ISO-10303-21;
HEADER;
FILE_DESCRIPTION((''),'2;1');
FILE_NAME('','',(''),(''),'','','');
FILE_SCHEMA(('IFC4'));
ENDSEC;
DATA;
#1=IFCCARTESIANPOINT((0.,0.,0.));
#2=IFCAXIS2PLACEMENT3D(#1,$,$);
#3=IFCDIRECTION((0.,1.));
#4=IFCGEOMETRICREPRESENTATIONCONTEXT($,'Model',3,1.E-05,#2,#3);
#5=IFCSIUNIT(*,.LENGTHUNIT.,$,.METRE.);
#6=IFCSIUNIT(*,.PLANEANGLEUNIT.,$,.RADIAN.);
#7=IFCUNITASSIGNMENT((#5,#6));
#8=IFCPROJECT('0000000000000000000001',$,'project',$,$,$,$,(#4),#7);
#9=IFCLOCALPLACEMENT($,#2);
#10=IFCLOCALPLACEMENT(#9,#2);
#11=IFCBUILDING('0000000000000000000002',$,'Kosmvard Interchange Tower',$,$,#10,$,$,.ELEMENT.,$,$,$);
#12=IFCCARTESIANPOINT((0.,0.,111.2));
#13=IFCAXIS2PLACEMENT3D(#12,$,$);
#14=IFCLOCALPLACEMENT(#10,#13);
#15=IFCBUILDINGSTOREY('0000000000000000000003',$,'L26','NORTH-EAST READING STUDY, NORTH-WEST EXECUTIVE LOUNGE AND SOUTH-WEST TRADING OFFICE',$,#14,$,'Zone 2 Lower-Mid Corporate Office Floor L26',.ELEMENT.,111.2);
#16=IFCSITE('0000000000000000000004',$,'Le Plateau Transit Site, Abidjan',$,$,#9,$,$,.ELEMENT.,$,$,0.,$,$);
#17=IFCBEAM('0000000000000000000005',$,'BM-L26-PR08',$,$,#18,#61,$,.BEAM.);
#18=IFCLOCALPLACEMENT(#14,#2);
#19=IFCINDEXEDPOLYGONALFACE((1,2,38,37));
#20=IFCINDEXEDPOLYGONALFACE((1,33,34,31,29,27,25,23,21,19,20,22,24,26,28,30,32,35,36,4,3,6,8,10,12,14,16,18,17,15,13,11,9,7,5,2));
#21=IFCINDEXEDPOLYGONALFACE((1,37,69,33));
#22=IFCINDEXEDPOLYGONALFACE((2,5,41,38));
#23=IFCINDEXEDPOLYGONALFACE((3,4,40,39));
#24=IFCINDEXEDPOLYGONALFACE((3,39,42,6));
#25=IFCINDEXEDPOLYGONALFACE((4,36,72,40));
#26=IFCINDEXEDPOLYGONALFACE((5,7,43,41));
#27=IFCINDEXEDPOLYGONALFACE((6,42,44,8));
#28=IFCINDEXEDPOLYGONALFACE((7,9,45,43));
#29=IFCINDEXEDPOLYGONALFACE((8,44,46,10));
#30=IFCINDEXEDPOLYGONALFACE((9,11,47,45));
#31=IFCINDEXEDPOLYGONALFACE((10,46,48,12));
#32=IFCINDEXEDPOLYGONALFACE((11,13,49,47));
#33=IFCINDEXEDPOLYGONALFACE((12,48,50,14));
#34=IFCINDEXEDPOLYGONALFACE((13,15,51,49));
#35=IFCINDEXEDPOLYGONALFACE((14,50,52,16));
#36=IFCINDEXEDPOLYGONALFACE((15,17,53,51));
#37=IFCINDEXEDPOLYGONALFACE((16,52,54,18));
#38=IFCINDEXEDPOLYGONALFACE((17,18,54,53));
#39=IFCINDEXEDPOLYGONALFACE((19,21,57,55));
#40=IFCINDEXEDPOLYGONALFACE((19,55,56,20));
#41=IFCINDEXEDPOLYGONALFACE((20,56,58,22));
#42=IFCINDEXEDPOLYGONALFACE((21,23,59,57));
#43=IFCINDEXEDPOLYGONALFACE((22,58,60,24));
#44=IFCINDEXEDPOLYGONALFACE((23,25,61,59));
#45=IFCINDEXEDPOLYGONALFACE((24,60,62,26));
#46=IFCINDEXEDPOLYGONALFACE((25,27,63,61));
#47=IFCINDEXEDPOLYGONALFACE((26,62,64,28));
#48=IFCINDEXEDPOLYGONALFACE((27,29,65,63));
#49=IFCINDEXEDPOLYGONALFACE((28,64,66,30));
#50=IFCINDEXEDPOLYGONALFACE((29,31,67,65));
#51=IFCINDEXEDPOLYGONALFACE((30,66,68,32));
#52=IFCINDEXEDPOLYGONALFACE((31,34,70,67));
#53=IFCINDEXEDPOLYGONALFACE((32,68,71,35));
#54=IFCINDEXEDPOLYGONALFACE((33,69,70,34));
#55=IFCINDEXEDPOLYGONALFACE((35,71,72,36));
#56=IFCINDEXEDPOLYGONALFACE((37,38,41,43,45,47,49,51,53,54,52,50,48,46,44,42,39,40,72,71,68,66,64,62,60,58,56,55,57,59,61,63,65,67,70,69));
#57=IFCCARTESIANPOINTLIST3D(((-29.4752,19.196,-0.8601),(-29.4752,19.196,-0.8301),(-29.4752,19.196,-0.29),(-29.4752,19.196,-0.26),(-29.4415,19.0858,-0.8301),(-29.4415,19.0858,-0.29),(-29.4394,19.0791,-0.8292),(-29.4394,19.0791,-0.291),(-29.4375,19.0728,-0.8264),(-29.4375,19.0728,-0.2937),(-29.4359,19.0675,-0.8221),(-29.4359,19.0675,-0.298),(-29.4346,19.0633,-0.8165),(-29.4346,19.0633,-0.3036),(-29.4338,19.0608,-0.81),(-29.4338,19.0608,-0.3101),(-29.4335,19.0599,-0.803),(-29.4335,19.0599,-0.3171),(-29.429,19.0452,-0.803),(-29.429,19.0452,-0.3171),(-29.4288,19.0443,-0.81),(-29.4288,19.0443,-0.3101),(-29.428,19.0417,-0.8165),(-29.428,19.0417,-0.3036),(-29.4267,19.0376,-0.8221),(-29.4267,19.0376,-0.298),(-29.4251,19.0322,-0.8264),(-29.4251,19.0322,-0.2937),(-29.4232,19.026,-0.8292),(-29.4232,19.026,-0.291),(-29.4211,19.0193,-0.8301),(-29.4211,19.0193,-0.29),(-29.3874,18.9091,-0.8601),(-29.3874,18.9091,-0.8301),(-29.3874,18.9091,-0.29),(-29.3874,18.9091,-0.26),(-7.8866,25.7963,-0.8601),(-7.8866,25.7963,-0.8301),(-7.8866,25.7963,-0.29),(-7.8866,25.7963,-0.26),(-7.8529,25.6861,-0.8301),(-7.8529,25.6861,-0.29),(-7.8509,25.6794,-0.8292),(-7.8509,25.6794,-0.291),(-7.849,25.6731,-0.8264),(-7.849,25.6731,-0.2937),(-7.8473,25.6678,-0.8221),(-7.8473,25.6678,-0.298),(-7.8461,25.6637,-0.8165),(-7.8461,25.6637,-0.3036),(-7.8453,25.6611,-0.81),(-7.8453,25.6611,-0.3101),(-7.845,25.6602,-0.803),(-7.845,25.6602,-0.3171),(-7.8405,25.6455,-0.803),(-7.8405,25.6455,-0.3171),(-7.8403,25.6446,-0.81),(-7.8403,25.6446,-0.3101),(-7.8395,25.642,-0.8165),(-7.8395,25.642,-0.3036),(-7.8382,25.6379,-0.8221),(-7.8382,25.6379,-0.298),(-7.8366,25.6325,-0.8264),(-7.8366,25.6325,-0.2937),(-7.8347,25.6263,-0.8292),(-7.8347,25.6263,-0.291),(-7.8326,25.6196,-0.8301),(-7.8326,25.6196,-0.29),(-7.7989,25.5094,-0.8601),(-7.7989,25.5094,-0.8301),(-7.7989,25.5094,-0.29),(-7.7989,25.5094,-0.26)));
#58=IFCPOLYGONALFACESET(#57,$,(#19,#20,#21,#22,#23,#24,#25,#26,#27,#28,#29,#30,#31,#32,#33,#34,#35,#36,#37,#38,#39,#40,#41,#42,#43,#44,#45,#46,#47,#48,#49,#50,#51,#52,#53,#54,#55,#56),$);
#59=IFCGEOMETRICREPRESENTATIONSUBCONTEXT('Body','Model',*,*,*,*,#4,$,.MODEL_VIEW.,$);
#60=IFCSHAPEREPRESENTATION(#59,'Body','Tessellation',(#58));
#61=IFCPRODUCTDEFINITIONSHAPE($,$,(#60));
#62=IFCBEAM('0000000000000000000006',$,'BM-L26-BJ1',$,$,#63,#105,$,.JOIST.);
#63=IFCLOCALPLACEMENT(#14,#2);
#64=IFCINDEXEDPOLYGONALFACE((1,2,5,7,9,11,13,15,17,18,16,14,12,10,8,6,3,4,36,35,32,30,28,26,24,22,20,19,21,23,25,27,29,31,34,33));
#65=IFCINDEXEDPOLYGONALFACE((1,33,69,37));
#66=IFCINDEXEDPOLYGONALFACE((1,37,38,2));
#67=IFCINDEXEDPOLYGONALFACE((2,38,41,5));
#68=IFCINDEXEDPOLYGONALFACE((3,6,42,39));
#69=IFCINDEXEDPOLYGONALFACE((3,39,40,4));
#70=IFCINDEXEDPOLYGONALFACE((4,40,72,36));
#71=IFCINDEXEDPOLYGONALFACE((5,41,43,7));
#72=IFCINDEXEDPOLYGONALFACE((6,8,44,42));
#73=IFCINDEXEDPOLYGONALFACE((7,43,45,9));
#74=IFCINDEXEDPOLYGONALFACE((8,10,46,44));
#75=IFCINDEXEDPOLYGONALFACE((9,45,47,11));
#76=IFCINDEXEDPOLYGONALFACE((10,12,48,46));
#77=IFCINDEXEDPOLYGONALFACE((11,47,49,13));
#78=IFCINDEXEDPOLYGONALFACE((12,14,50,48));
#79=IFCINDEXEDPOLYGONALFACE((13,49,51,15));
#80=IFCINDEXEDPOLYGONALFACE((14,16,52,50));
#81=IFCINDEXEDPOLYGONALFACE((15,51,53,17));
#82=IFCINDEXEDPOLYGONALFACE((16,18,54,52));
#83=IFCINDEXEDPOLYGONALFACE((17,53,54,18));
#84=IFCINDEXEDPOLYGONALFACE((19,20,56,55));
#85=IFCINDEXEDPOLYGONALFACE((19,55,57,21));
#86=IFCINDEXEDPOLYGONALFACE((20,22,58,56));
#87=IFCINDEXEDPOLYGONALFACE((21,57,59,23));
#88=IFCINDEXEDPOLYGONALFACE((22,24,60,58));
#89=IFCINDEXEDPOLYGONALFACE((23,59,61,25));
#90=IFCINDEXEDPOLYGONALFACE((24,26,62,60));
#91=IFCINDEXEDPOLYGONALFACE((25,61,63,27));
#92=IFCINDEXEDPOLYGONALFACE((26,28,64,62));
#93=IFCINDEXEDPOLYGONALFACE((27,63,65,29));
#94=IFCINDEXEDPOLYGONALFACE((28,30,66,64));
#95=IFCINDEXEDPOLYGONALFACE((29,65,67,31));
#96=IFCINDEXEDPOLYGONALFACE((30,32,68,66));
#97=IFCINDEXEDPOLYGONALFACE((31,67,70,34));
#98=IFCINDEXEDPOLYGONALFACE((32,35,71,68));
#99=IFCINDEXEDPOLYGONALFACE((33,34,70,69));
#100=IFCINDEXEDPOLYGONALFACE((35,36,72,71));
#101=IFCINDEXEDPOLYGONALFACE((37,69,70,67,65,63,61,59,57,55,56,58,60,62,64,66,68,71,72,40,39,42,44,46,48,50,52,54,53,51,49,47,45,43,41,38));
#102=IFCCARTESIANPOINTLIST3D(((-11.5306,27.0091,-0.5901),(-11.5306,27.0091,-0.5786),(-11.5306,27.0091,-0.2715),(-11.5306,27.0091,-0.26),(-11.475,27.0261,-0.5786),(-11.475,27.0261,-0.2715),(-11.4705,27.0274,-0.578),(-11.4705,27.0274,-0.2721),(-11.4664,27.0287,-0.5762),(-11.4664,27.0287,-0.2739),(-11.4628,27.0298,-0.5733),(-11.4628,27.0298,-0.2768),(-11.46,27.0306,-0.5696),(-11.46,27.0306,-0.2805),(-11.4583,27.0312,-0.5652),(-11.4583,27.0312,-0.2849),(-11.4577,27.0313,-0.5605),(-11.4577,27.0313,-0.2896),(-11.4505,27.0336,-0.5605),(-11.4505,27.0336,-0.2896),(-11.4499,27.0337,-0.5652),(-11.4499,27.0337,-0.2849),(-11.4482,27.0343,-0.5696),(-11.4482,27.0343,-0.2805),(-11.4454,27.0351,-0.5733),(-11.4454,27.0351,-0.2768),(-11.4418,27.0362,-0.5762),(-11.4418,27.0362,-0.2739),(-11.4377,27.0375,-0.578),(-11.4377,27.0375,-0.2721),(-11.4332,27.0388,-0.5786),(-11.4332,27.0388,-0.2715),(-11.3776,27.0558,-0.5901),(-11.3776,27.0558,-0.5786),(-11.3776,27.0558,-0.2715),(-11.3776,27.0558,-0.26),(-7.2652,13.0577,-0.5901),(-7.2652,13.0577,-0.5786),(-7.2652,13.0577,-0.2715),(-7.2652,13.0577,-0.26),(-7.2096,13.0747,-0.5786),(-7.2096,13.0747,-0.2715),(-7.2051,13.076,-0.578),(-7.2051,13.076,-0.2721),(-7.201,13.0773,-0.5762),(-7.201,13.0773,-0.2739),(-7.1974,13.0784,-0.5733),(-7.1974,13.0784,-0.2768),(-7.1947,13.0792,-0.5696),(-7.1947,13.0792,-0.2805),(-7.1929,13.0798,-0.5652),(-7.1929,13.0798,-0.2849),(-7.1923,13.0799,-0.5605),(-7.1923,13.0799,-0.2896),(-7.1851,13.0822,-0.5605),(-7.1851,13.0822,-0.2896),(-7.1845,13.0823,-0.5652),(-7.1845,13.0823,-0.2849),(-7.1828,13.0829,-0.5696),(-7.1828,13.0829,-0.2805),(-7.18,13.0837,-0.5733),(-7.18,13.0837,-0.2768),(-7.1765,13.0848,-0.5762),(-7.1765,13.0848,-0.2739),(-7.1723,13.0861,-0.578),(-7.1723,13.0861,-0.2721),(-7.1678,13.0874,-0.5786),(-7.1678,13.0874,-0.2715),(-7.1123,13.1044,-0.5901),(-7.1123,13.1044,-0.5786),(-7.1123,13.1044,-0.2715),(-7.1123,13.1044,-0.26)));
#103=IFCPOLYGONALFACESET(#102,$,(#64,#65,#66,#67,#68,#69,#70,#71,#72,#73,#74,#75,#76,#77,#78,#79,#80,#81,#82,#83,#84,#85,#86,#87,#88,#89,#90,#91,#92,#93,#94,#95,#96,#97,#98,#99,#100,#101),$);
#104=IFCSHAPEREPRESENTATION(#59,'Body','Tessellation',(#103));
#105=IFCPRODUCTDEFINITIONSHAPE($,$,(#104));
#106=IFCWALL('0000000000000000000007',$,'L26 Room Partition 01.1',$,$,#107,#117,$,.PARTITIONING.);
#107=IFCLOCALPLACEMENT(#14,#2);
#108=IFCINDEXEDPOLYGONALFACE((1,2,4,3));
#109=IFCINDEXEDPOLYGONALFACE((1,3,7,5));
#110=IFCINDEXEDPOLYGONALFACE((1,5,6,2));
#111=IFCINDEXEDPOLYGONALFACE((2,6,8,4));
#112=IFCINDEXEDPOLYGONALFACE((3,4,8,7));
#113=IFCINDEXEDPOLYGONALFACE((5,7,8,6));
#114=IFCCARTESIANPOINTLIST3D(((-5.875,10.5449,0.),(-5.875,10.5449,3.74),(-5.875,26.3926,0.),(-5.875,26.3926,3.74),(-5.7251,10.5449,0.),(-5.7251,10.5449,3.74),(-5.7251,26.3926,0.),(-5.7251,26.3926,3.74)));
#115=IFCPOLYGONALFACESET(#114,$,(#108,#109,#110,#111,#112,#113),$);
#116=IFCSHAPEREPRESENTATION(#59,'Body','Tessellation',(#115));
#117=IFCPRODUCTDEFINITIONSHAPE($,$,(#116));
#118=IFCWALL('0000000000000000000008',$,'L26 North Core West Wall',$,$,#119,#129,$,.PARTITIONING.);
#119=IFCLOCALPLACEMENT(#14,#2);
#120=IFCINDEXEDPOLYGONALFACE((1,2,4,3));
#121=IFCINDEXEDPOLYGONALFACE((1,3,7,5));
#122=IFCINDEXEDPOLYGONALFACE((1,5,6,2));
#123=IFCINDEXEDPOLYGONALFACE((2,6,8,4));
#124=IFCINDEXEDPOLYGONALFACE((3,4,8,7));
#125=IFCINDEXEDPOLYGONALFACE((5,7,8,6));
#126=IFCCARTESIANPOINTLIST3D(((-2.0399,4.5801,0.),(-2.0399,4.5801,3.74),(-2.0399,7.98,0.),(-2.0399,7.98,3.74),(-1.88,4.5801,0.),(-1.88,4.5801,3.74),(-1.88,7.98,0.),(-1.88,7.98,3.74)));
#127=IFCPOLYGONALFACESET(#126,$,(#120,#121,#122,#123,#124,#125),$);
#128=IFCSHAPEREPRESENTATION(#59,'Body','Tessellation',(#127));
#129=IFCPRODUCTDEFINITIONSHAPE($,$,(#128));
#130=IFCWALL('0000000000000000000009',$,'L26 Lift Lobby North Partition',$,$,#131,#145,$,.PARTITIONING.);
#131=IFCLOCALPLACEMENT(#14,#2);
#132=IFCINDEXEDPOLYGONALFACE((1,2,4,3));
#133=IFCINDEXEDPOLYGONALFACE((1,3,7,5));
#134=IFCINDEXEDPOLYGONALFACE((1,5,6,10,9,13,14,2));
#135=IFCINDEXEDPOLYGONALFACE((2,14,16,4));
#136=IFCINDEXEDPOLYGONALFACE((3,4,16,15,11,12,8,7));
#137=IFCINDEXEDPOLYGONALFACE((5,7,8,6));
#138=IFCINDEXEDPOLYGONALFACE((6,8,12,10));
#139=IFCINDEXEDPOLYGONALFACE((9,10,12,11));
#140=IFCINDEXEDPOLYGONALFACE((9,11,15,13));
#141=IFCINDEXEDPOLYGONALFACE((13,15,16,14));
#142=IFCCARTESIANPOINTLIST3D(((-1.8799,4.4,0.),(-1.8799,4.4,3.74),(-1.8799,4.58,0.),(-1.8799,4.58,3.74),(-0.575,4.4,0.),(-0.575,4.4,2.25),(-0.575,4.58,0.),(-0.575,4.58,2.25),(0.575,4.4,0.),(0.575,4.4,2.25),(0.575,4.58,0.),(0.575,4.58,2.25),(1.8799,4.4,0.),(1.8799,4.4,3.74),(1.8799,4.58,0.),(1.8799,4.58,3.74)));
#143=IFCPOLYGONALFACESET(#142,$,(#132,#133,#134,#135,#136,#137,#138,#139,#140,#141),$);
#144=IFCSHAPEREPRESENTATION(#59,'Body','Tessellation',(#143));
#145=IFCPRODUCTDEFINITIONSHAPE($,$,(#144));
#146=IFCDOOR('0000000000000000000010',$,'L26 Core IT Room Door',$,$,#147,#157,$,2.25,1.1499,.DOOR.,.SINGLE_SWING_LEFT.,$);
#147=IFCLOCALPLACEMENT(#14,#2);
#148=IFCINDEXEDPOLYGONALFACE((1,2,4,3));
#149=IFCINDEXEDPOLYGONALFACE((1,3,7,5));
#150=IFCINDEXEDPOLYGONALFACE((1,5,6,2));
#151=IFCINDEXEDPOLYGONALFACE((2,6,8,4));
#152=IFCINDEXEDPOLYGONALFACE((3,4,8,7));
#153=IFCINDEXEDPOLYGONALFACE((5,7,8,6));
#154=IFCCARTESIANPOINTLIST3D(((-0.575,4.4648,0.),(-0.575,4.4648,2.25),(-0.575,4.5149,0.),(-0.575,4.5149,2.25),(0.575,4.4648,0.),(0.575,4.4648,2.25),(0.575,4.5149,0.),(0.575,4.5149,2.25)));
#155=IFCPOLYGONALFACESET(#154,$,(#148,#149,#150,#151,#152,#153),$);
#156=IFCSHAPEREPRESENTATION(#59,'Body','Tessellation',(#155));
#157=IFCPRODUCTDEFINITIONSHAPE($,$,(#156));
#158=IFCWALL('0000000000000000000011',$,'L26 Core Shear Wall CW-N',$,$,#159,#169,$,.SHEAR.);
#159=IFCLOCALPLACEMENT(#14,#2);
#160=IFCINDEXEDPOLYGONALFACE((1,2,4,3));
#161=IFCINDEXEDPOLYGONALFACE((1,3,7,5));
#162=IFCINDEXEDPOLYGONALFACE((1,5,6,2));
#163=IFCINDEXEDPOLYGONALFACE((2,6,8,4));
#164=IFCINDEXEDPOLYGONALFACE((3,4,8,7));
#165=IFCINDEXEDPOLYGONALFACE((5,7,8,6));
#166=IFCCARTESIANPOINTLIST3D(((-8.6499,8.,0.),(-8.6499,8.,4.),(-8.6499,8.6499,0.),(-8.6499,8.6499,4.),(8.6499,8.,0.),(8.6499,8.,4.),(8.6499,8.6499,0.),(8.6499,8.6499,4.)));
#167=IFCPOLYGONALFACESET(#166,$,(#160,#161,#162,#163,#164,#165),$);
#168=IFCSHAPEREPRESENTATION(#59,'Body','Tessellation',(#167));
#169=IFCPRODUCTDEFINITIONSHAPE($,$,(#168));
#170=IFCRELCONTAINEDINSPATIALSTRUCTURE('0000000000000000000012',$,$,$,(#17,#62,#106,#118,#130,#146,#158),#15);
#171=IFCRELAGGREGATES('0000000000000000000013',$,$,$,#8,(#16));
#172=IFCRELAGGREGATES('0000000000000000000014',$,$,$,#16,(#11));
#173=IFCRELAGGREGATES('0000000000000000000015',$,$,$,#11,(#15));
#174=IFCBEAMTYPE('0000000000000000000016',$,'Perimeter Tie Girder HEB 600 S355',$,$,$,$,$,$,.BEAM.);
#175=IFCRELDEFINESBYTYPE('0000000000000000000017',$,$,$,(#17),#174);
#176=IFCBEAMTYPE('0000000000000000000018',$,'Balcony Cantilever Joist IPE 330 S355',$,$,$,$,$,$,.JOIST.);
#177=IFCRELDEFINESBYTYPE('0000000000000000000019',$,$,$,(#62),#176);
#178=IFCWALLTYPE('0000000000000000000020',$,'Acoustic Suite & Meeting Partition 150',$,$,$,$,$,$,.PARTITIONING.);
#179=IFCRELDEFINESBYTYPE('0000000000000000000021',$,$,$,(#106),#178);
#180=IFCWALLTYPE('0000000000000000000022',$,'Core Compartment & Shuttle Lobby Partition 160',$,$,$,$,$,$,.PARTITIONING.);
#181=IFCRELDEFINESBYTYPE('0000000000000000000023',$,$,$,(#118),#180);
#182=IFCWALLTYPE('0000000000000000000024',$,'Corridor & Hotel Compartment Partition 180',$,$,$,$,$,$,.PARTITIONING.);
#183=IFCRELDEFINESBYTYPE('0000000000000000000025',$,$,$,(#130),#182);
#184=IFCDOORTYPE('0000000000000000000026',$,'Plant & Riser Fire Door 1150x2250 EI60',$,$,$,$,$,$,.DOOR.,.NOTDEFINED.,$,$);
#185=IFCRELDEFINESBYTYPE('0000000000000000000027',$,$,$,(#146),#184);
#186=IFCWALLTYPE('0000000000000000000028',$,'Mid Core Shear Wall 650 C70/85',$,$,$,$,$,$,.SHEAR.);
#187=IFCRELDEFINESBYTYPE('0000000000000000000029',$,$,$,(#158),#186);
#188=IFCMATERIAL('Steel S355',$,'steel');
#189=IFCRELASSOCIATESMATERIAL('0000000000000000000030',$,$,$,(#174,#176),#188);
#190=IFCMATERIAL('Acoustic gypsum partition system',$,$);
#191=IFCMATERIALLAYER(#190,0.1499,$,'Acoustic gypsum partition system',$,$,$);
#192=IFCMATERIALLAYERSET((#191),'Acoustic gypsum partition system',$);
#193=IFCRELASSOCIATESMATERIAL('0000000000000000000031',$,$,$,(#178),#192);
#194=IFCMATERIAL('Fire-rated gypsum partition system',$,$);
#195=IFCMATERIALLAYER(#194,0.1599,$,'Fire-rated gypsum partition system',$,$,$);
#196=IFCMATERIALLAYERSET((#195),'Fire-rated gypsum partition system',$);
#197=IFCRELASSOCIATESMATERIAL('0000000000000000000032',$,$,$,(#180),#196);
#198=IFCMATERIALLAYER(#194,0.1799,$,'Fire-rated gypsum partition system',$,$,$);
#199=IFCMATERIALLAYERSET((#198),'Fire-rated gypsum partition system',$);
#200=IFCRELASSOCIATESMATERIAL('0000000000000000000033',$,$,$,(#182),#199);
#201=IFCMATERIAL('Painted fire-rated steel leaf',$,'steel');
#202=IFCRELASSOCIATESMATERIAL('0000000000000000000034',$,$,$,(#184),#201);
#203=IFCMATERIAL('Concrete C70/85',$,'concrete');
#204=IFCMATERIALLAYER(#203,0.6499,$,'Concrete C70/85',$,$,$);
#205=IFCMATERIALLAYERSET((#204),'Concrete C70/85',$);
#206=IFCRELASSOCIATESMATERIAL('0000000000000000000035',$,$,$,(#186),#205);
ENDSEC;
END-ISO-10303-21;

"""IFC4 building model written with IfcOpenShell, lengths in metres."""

from ifc_helpers import new_model, si_unit, direction, frame, frame_2d, origin, origin_2d, place, context, subcontext, project, spatial, rectangle, i_section, extrude, source, transform, mapped, material, layer, layer_set, material_profile, profile_set, type_object, element, fill, save


model = new_model("IFC4")

# Units and contexts
model_context = context("Model", 3, precision=1e-05, world=origin(), true_north=direction((0.0, 1.0)))
body_context = subcontext(model_context, "Body", "Model", "MODEL_VIEW")
ifc_project = project(units=[si_unit("LENGTHUNIT", "METRE"), si_unit("PLANEANGLEUNIT", "RADIAN")], contexts=[model_context])

# Site, building, storey
site_placement = place(None, origin())
site = spatial("IfcSite", under=ifc_project, at=site_placement, Name="Le Plateau Transit Site, Abidjan", CompositionType="ELEMENT", RefElevation=0.0)
building_placement = place(site_placement, origin())
building = spatial("IfcBuilding", under=site, at=building_placement, Name="Kosmvard Interchange Tower", CompositionType="ELEMENT")
storey_placement = place(building_placement, frame((0.0, 0.0, 111.2)))
storey = spatial("IfcBuildingStorey", under=building, at=storey_placement, Name="L26", Description="NORTH-EAST READING STUDY, NORTH-WEST EXECUTIVE LOUNGE AND SOUTH-WEST TRADING OFFICE", LongName="Zone 2 Lower-Mid Corporate Office Floor L26", CompositionType="ELEMENT", Elevation=111.2)

# Beams
ifc_material_1 = material(Name="Steel S355", Category="steel")
ifc_material_profile_1 = material_profile(ifc_material_1, i_section(OverallWidth=0.3, OverallDepth=0.6001, WebThickness=0.0154, FlangeThickness=0.03, FilletRadius=0.0271, at=origin_2d()), Name="HEB 600")
ifc_profile_set_1 = profile_set([ifc_material_profile_1], Name="Steel S355")
beam_type_1 = type_object("IfcBeamType", Name="Perimeter Tie Girder HEB 600 S355", PredefinedType="BEAM", material=ifc_profile_set_1)
shared_shape_1 = source(origin(), body_context, "Body", "SweptSolid", [
    extrude(i_section(OverallWidth=0.3, OverallDepth=0.6001, WebThickness=0.0154, FlangeThickness=0.03, FilletRadius=0.0271, at=origin_2d()), origin(), (0.0, 0.0, 1.0), 22.575),
])
beam_1_placement = place(storey_placement, frame((-7.8428, 25.6528, -0.5601), z_axis=(-0.956304, -0.292373, 0.0), x_axis=(0.292373, -0.956304, 0.0)))
element("IfcBeam", 1, at=beam_1_placement, inside=storey, type_object=beam_type_1, Name="BM-L26-PR08", PredefinedType="BEAM", context=body_context, shape_type="MappedRepresentation", body=[
    mapped(shared_shape_1, transform((0.0, 0.0, 0.0), scale=1.0)),
])
ifc_material_profile_2 = material_profile(ifc_material_1, i_section(OverallWidth=0.1599, OverallDepth=0.3301, WebThickness=0.0076, FlangeThickness=0.0115, FilletRadius=0.0181, at=origin_2d()), Name="IPE 330")
ifc_profile_set_2 = profile_set([ifc_material_profile_2], Name="Steel S355")
beam_type_2 = type_object("IfcBeamType", Name="Balcony Cantilever Joist IPE 330 S355", PredefinedType="JOIST", material=ifc_profile_set_2)
shared_shape_2 = source(origin(), body_context, "Body", "SweptSolid", [
    extrude(i_section(OverallWidth=0.1599, OverallDepth=0.3301, WebThickness=0.0076, FlangeThickness=0.0115, FilletRadius=0.0181, at=origin_2d()), origin(), (0.0, 0.0, 1.0), 14.5889),
])
beam_2_placement = place(storey_placement, frame((-7.1887, 13.0811, -0.425), z_axis=(-0.292372, 0.956305, 0.0), x_axis=(-0.956305, -0.292372, 0.0)))
element("IfcBeam", 2, at=beam_2_placement, inside=storey, type_object=beam_type_2, Name="BM-L26-BJ1", PredefinedType="JOIST", context=body_context, shape_type="MappedRepresentation", body=[
    mapped(shared_shape_2, transform((0.0, 0.0, 0.0), scale=1.0)),
])

# Walls
ifc_material_2 = material(Name="Acoustic gypsum partition system")
ifc_layer_1 = layer(ifc_material_2, 0.1499, Name="Acoustic gypsum partition system")
ifc_layer_set_1 = layer_set([ifc_layer_1], Name="Acoustic gypsum partition system")
wall_type_1 = type_object("IfcWallType", Name="Acoustic Suite & Meeting Partition 150", PredefinedType="PARTITIONING", material=ifc_layer_set_1)
wall_1_placement = place(storey_placement, frame((-5.8, 10.5449, 0.0), z_axis=(0.0, 0.0, 1.0), x_axis=(0.0, 1.0, 0.0)))
element("IfcWall", 3, at=wall_1_placement, inside=storey, type_object=wall_type_1, Name="L26 Room Partition 01.1", PredefinedType="PARTITIONING", context=body_context, shape_type="SweptSolid", body=[
    extrude(rectangle(XDim=15.8477, YDim=0.1499, at=frame_2d((7.9238, 0.0))), origin(), (0.0, 0.0, 1.0), 3.74),
])
ifc_material_3 = material(Name="Fire-rated gypsum partition system")
ifc_layer_2 = layer(ifc_material_3, 0.1599, Name="Fire-rated gypsum partition system")
ifc_layer_set_2 = layer_set([ifc_layer_2], Name="Fire-rated gypsum partition system")
wall_type_2 = type_object("IfcWallType", Name="Core Compartment & Shuttle Lobby Partition 160", PredefinedType="PARTITIONING", material=ifc_layer_set_2)
wall_2_placement = place(storey_placement, frame((-1.96, 4.5801, 0.0), z_axis=(0.0, 0.0, 1.0), x_axis=(0.0, 1.0, 0.0)))
element("IfcWall", 4, at=wall_2_placement, inside=storey, type_object=wall_type_2, Name="L26 North Core West Wall", PredefinedType="PARTITIONING", context=body_context, shape_type="SweptSolid", body=[
    extrude(rectangle(XDim=3.3999, YDim=0.1599, at=frame_2d((1.7, 0.0))), origin(), (0.0, 0.0, 1.0), 3.74),
])

# Wall, opening, door
ifc_layer_3 = layer(ifc_material_3, 0.1799, Name="Fire-rated gypsum partition system")
ifc_layer_set_3 = layer_set([ifc_layer_3], Name="Fire-rated gypsum partition system")
wall_type_3 = type_object("IfcWallType", Name="Corridor & Hotel Compartment Partition 180", PredefinedType="PARTITIONING", material=ifc_layer_set_3)
wall_3_placement = place(storey_placement, frame((-1.8799, 4.49, 0.0), z_axis=(0.0, 0.0, 1.0), x_axis=(1.0, 0.0, 0.0)))
wall_3 = element("IfcWall", 5, at=wall_3_placement, inside=storey, type_object=wall_type_3, Name="L26 Lift Lobby North Partition", PredefinedType="PARTITIONING", context=body_context, shape_type="SweptSolid", body=[
    extrude(rectangle(XDim=3.7598, YDim=0.1799, at=frame_2d((1.8799, 0.0))), origin(), (0.0, 0.0, 1.0), 3.74),
])
opening_placement = place(wall_3_placement, frame((1.3049, 0.0, 0.0)))
opening = element("IfcOpeningElement", 6, at=opening_placement, cuts=wall_3, PredefinedType="OPENING", context=body_context, shape_type="SweptSolid", body=[
    extrude(rectangle(XDim=1.1499, YDim=2.25, at=frame_2d((0.575, 1.125))), frame((0.0, 0.1001, 0.0), z_axis=(0.0, -1.0, 0.0), x_axis=(1.0, 0.0, 0.0)), (0.0, 0.0, 1.0), 0.2),
])
ifc_material_4 = material(Name="Painted fire-rated steel leaf", Category="steel")
door_type = type_object("IfcDoorType", Name="Plant & Riser Fire Door 1150x2250 EI60", OperationType="NOTDEFINED", PredefinedType="DOOR", material=ifc_material_4)
shared_shape_3 = source(origin(), body_context, "Body", "SweptSolid", [
    extrude(rectangle(XDim=1.1499, YDim=2.25, at=frame_2d((0.575, 1.125))), frame((0.0, 0.0249, 0.0), z_axis=(0.0, -1.0, 0.0), x_axis=(1.0, 0.0, 0.0)), (0.0, 0.0, 1.0), 0.05),
])
door_placement = place(opening_placement, origin())
door = element("IfcDoor", 7, at=door_placement, inside=storey, type_object=door_type, Name="L26 Core IT Room Door", OperationType="SINGLE_SWING_LEFT", OverallHeight=2.25, OverallWidth=1.1499, PredefinedType="DOOR", context=body_context, shape_type="MappedRepresentation", body=[
    mapped(shared_shape_3, transform((0.0, 0.0, 0.0), scale=1.0)),
])
fill(opening, door)

# Wall
ifc_material_5 = material(Name="Concrete C70/85", Category="concrete")
ifc_layer_4 = layer(ifc_material_5, 0.6499, Name="Concrete C70/85")
ifc_layer_set_4 = layer_set([ifc_layer_4], Name="Concrete C70/85")
wall_type_4 = type_object("IfcWallType", Name="Mid Core Shear Wall 650 C70/85", PredefinedType="SHEAR", material=ifc_layer_set_4)
wall_4_placement = place(storey_placement, frame((-8.6499, 8.325, 0.0), z_axis=(0.0, 0.0, 1.0), x_axis=(1.0, 0.0, 0.0)))
element("IfcWall", 8, at=wall_4_placement, inside=storey, type_object=wall_type_4, Name="L26 Core Shear Wall CW-N", PredefinedType="SHEAR", context=body_context, shape_type="SweptSolid", body=[
    extrude(rectangle(XDim=17.2998, YDim=0.6499, at=frame_2d((8.6499, 0.0))), origin(), (0.0, 0.0, 1.0), 4.0),
])

save(model, "model.ifc")
